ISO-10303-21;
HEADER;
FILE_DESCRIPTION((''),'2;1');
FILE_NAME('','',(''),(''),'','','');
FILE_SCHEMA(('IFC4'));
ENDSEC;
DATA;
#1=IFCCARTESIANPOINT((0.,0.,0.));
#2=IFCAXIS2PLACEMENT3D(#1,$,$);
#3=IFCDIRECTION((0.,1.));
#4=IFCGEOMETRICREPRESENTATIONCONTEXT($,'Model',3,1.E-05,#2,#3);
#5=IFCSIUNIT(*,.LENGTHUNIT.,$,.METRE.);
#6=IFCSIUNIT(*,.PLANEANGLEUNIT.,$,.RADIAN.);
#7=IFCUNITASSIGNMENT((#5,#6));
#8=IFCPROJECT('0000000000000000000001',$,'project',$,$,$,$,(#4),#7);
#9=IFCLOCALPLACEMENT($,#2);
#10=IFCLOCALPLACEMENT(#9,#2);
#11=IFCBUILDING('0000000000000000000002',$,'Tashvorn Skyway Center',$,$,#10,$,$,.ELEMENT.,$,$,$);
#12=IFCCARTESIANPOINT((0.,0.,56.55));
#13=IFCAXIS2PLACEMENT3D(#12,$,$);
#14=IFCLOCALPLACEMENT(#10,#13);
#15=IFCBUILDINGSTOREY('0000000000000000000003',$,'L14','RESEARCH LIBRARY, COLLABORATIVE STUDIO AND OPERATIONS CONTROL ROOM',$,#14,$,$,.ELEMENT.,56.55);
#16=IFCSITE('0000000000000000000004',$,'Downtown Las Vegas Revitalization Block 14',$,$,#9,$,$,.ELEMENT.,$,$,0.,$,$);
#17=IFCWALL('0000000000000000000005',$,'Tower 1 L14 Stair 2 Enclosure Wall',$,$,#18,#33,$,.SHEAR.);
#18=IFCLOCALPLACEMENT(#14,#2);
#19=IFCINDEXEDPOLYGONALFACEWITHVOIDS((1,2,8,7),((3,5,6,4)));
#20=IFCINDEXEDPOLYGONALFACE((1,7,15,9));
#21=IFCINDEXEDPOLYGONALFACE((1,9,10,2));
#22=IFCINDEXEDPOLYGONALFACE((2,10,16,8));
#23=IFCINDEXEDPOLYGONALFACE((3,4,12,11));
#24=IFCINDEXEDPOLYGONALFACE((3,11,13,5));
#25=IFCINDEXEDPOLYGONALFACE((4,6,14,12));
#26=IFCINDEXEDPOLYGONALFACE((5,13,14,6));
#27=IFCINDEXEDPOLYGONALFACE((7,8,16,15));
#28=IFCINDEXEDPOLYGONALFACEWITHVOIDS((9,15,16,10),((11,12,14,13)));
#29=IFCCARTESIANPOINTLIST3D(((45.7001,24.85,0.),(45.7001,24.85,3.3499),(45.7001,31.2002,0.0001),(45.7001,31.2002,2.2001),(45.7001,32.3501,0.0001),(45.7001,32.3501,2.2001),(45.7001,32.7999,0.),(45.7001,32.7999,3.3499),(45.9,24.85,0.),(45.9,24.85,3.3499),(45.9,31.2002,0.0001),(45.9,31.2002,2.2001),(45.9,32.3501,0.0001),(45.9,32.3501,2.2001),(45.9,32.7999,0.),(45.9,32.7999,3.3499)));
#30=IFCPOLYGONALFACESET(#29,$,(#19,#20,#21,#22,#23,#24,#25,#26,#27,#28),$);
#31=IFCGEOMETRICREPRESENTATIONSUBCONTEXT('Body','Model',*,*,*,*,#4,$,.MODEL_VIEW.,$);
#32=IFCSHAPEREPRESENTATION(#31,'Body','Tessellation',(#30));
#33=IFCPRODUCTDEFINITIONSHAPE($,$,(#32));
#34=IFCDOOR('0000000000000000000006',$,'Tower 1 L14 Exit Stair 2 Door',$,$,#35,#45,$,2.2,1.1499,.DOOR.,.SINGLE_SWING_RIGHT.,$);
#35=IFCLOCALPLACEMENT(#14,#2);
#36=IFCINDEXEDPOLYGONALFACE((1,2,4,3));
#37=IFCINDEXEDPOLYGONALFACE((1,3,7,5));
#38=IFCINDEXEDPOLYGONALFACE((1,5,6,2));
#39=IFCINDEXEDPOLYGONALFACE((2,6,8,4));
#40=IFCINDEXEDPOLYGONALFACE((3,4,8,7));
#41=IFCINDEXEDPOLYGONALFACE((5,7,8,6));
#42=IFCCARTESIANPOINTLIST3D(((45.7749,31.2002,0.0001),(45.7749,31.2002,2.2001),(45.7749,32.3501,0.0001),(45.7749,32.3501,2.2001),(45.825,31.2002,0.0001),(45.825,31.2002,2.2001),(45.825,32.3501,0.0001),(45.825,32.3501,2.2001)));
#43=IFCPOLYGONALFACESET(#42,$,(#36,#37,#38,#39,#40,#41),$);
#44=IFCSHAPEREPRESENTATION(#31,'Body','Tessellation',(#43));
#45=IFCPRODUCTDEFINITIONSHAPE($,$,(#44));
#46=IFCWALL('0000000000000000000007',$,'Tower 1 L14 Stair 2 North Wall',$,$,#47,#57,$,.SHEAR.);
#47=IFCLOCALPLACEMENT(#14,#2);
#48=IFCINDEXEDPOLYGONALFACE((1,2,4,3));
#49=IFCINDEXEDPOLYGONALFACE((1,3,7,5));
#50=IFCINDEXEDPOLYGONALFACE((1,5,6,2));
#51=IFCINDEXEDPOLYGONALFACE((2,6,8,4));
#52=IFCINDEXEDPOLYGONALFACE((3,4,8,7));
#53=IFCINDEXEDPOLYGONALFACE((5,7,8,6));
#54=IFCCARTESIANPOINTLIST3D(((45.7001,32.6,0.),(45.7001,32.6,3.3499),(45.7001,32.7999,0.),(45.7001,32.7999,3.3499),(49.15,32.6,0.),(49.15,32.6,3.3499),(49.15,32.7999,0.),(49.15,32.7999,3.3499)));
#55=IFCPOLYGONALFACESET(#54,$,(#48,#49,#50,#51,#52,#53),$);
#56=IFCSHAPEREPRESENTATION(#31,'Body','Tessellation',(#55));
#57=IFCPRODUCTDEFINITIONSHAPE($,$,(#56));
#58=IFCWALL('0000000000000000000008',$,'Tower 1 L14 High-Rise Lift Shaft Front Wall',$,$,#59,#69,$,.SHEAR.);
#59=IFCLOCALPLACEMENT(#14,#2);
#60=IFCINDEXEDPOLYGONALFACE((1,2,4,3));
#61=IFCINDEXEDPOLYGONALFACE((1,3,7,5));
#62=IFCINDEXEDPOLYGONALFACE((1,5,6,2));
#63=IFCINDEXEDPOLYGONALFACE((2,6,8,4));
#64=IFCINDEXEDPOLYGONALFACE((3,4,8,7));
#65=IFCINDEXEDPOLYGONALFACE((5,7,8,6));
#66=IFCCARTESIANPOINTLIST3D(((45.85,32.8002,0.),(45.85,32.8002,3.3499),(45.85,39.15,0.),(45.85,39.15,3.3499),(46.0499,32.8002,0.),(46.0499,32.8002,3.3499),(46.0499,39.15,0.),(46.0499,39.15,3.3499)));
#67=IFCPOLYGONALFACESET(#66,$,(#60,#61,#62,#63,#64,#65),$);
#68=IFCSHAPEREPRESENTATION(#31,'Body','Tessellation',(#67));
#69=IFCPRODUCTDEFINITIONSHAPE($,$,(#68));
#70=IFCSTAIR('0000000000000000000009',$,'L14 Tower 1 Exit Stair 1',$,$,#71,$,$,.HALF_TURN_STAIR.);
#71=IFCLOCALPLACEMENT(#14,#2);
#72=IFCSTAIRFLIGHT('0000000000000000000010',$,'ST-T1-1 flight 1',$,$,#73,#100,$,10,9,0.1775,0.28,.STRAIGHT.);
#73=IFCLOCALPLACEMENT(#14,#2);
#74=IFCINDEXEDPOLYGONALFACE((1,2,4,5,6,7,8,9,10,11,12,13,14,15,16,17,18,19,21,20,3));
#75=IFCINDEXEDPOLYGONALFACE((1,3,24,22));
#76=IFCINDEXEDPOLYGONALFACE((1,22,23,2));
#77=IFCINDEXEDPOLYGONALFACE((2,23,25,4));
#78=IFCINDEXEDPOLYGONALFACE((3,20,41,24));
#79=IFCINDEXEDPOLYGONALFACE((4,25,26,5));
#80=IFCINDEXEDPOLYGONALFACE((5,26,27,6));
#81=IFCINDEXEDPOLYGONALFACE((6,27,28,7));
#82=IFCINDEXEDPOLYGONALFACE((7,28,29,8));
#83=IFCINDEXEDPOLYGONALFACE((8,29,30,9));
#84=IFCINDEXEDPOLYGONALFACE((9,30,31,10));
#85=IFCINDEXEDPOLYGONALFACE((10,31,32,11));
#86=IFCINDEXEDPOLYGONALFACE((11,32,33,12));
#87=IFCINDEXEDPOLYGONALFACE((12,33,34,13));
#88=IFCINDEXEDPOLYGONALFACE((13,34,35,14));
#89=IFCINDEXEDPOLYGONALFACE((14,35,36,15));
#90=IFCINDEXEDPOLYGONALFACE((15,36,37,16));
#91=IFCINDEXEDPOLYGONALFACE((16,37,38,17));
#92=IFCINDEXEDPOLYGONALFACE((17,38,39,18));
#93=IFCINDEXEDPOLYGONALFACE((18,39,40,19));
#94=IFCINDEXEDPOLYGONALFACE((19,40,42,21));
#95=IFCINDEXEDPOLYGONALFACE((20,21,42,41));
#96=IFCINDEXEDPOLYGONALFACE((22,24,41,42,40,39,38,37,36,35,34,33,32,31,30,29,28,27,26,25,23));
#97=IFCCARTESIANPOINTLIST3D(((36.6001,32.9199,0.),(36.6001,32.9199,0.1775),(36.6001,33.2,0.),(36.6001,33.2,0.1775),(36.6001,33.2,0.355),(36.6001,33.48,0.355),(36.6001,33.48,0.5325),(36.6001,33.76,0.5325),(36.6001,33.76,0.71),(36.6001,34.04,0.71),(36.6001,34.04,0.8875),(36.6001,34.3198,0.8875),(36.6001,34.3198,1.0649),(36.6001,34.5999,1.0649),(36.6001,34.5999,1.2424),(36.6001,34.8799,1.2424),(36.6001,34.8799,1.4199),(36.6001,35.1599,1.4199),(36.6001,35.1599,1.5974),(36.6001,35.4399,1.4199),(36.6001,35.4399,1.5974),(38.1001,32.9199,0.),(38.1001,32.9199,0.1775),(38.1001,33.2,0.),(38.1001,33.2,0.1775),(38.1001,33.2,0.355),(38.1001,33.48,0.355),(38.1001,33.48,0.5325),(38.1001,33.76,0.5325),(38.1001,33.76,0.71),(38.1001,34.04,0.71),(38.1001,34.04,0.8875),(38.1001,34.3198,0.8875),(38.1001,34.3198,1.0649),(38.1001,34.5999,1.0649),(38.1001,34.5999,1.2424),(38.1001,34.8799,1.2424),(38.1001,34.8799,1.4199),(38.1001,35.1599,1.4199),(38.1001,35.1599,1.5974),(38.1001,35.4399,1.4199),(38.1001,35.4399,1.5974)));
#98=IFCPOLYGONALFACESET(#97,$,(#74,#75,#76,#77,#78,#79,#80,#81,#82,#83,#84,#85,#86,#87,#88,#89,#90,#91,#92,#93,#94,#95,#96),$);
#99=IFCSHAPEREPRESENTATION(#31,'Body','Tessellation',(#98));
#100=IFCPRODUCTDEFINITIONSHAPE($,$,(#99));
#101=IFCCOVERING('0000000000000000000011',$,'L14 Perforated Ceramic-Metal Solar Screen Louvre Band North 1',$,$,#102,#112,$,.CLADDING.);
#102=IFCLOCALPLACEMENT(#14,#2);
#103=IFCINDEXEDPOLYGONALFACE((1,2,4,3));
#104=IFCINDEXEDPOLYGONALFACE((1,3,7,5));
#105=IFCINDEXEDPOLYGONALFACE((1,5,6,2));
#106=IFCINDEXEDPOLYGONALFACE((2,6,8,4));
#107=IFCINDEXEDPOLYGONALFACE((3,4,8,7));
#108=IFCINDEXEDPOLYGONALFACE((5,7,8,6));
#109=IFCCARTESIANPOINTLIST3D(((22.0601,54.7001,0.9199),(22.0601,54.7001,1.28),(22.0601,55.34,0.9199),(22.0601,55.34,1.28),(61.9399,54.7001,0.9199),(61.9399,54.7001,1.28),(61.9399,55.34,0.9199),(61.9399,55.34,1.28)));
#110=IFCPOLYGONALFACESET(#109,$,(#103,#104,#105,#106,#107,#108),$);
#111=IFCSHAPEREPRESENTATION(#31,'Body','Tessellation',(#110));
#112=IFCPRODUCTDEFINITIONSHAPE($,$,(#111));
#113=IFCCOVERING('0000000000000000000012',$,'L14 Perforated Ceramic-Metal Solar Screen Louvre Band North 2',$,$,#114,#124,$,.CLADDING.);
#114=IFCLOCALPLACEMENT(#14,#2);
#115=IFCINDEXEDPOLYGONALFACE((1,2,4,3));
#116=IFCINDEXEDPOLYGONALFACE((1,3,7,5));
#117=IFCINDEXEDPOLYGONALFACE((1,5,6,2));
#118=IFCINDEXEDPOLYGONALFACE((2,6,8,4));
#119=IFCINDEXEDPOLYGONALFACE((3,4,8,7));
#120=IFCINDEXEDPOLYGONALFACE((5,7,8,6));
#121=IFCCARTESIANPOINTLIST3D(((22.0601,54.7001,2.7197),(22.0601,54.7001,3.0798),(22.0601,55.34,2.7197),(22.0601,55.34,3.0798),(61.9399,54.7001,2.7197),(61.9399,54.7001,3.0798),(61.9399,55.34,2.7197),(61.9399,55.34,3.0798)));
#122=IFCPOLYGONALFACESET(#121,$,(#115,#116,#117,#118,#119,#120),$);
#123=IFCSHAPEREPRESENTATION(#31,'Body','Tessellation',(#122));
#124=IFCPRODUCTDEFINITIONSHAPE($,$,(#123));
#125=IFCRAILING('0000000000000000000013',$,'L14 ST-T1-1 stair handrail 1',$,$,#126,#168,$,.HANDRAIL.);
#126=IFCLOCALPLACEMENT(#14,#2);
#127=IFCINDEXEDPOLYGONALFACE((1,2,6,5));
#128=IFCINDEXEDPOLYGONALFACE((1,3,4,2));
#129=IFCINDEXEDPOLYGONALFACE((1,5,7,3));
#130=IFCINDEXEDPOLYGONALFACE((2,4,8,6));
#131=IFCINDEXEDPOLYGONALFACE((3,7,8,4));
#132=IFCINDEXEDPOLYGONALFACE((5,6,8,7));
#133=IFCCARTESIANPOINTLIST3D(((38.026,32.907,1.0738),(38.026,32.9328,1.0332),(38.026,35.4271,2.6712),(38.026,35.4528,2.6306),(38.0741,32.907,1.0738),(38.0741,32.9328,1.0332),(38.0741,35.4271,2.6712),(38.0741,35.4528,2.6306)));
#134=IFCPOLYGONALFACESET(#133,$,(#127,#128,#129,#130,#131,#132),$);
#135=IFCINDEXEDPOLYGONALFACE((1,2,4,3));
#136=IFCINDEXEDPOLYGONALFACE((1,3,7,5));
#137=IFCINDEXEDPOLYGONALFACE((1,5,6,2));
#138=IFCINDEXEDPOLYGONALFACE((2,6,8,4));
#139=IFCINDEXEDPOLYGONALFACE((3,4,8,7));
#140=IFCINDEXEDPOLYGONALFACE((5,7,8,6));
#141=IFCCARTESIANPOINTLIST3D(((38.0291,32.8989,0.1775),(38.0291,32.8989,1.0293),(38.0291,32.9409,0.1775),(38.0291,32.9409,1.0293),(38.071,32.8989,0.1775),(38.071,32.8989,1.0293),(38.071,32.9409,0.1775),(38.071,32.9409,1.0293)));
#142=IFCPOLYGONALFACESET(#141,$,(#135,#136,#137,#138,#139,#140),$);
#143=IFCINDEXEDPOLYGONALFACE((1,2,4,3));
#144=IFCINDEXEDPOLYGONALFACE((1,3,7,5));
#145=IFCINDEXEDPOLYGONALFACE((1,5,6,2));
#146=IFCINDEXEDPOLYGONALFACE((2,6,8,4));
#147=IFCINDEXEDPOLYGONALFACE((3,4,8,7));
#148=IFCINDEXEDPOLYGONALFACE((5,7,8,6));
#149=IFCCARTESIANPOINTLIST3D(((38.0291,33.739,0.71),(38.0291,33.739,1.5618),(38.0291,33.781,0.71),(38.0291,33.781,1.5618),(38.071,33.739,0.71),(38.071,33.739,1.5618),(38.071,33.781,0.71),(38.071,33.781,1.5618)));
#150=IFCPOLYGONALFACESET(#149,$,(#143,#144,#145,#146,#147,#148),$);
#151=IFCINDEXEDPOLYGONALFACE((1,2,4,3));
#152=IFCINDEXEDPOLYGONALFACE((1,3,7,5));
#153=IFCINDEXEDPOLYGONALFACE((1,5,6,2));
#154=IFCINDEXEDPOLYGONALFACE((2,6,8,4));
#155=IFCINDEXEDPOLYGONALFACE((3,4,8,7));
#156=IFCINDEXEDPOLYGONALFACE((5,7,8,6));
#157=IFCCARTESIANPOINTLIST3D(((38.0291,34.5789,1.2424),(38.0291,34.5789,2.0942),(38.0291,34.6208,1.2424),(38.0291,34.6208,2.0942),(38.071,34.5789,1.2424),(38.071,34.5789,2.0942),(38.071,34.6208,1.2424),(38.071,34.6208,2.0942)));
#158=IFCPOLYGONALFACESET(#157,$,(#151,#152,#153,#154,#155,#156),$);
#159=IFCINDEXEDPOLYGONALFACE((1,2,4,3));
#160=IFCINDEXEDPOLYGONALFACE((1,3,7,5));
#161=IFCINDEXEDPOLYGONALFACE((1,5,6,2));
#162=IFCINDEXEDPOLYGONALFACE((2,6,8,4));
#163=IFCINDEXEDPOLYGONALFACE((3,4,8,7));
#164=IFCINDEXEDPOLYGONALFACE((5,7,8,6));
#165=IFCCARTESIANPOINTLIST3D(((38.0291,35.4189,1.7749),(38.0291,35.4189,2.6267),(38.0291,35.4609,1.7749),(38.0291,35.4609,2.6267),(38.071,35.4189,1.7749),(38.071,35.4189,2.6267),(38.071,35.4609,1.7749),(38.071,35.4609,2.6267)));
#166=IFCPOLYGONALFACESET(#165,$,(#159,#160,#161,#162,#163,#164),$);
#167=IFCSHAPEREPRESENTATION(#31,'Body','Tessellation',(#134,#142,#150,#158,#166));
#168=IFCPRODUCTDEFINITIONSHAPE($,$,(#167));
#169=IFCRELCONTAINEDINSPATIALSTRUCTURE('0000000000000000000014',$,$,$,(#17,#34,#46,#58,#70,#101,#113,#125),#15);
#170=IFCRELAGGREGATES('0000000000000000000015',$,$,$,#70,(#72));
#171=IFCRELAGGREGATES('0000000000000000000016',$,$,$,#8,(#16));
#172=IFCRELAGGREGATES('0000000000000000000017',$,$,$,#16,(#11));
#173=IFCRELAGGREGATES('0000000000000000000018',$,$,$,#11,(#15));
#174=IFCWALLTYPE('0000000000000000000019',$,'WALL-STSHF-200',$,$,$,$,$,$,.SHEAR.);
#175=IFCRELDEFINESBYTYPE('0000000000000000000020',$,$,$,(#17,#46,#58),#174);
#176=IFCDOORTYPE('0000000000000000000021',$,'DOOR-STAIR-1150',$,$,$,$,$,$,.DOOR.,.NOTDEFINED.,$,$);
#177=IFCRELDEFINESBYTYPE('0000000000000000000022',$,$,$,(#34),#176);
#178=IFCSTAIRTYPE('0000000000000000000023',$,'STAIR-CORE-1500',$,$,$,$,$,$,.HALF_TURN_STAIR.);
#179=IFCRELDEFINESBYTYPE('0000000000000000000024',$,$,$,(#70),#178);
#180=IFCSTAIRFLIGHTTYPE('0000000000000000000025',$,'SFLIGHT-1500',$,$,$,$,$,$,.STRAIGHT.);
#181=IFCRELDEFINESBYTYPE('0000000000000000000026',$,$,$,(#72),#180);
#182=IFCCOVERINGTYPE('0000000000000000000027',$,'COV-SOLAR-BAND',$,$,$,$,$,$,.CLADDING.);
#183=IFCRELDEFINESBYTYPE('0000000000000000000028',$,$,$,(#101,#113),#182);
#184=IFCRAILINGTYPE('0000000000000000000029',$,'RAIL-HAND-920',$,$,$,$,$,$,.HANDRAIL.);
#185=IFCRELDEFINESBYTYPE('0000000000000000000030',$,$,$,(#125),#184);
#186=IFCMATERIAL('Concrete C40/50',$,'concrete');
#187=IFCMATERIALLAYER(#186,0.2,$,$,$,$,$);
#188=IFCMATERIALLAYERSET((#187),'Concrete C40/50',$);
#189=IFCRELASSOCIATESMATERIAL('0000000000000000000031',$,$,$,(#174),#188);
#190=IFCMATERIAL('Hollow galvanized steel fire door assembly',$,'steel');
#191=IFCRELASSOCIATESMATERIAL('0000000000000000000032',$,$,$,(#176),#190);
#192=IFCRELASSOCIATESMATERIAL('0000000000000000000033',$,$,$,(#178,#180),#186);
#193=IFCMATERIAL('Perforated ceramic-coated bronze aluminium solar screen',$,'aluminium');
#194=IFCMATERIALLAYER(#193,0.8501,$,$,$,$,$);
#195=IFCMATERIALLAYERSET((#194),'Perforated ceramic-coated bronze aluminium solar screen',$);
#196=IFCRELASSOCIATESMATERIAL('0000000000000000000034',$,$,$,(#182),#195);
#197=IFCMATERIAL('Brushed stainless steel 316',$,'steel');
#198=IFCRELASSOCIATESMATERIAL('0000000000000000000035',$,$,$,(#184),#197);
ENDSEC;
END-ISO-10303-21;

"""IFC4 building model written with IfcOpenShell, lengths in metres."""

from ifc_helpers import new_model, si_unit, direction, frame, frame_2d, origin, origin_2d, place, context, subcontext, project, spatial, polyline, rectangle, outline, extrude, material, layer, layer_set, type_object, element, fill, aggregate, save


model = new_model("IFC4")

# Units and contexts
model_context = context("Model", 3, precision=1e-05, world=origin(), true_north=direction((0.0, 1.0)))
body_context = subcontext(model_context, "Body", "Model", "MODEL_VIEW")
ifc_project = project(units=[si_unit("LENGTHUNIT", "METRE"), si_unit("PLANEANGLEUNIT", "RADIAN")], contexts=[model_context])

# Site, building, storey
site_placement = place(None, origin())
site = spatial("IfcSite", under=ifc_project, at=site_placement, Name="Downtown Las Vegas Revitalization Block 14", CompositionType="ELEMENT", RefElevation=0.0)
building_placement = place(site_placement, origin())
building = spatial("IfcBuilding", under=site, at=building_placement, Name="Tashvorn Skyway Center", CompositionType="ELEMENT")
storey_placement = place(building_placement, frame((0.0, 0.0, 56.55)))
storey = spatial("IfcBuildingStorey", under=building, at=storey_placement, Name="L14", Description="RESEARCH LIBRARY, COLLABORATIVE STUDIO AND OPERATIONS CONTROL ROOM", CompositionType="ELEMENT", Elevation=56.55)

# Shared definitions
ifc_material_1 = material(Name="Concrete C40/50", Category="concrete")
ifc_material_2 = material(Name="Hollow galvanized steel fire door assembly", Category="steel")

# Wall, opening, door
ifc_layer_1 = layer(ifc_material_1, 0.2)
ifc_layer_set_1 = layer_set([ifc_layer_1], Name="Concrete C40/50")
wall_type_1 = type_object("IfcWallType", Name="WALL-STSHF-200", PredefinedType="SHEAR", material=ifc_layer_set_1)
wall_1_placement = place(storey_placement, frame((45.8, 32.8, 0.0), z_axis=(0.0, 0.0, 1.0), x_axis=(0.0, -1.0, 0.0)))
wall_1 = element("IfcWall", 1, at=wall_1_placement, inside=storey, type_object=wall_type_1, Name="Tower 1 L14 Stair 2 Enclosure Wall", PredefinedType="SHEAR", context=body_context, shape_type="SweptSolid", body=[
    extrude(rectangle(XDim=7.95, YDim=0.2, at=frame_2d((3.9751, 0.0))), origin(), (0.0, 0.0, 1.0), 3.3499),
])
opening_1_placement = place(wall_1_placement, frame((0.45, 0.0, 0.0)))
opening_1 = element("IfcOpeningElement", 2, at=opening_1_placement, cuts=wall_1, PredefinedType="OPENING", context=body_context, shape_type="SweptSolid", body=[
    extrude(rectangle(XDim=1.1499, YDim=2.2, at=frame_2d((0.575, 1.1001))), frame((0.0, 0.1099, 0.0), z_axis=(0.0, -1.0, 0.0), x_axis=(1.0, 0.0, 0.0)), (0.0, 0.0, 1.0), 0.22),
])
door_type_1 = type_object("IfcDoorType", Name="DOOR-STAIR-1150", OperationType="NOTDEFINED", PredefinedType="DOOR", material=ifc_material_2)
door_1_placement = place(opening_1_placement, origin())
door_1 = element("IfcDoor", 3, at=door_1_placement, inside=storey, type_object=door_type_1, Name="Tower 1 L14 Exit Stair 2 Door", OperationType="SINGLE_SWING_RIGHT", OverallHeight=2.2, OverallWidth=1.1499, PredefinedType="DOOR", context=body_context, shape_type="SweptSolid", body=[
    extrude(rectangle(XDim=1.1499, YDim=2.2, at=frame_2d((0.575, 1.1001))), frame((0.0, 0.0249, 0.0), z_axis=(0.0, -1.0, 0.0), x_axis=(1.0, 0.0, 0.0)), (0.0, 0.0, 1.0), 0.05),
])
fill(opening_1, door_1)

# Walls
wall_2_placement = place(storey_placement, frame((45.7, 32.7, 0.0), z_axis=(0.0, 0.0, 1.0), x_axis=(1.0, 0.0, 0.0)))
element("IfcWall", 4, at=wall_2_placement, inside=storey, type_object=wall_type_1, Name="Tower 1 L14 Stair 2 North Wall", PredefinedType="SHEAR", context=body_context, shape_type="SweptSolid", body=[
    extrude(rectangle(XDim=3.45, YDim=0.2, at=frame_2d((1.7251, 0.0))), origin(), (0.0, 0.0, 1.0), 3.3499),
])
wall_3_placement = place(storey_placement, frame((45.95, 39.1499, 0.0), z_axis=(0.0, 0.0, 1.0), x_axis=(0.0, -1.0, 0.0)))
element("IfcWall", 5, at=wall_3_placement, inside=storey, type_object=wall_type_1, Name="Tower 1 L14 High-Rise Lift Shaft Front Wall", PredefinedType="SHEAR", context=body_context, shape_type="SweptSolid", body=[
    extrude(rectangle(XDim=6.3499, YDim=0.2, at=frame_2d((3.1748, 0.0))), origin(), (0.0, 0.0, 1.0), 3.3499),
])

# Stair, stair flight
stair_type = type_object("IfcStairType", Name="STAIR-CORE-1500", PredefinedType="HALF_TURN_STAIR", material=ifc_material_1)
stair_placement = place(storey_placement, origin())
stair = element("IfcStair", 6, at=stair_placement, inside=storey, type_object=stair_type, Name="L14 Tower 1 Exit Stair 1", PredefinedType="HALF_TURN_STAIR")
stair_flight_type = type_object("IfcStairFlightType", Name="SFLIGHT-1500", PredefinedType="STRAIGHT", material=ifc_material_1)
stair_flight_placement = place(storey_placement, frame((37.3501, 32.9199, 0.0), z_axis=(0.0, 0.0, 1.0), x_axis=(0.0, 1.0, 0.0)))
stair_flight = element("IfcStairFlight", 7, at=stair_flight_placement, type_object=stair_flight_type, Name="ST-T1-1 flight 1", NumberOfRisers=10, NumberOfTreads=9, PredefinedType="STRAIGHT", RiserHeight=0.1775, TreadLength=0.28, context=body_context, shape_type="SweptSolid", body=[
    extrude(outline(polyline([(0.0, 0.0), (0.0, 0.1775), (0.28, 0.1775), (0.28, 0.355), (0.5601, 0.355), (0.5601, 0.5325), (0.8401, 0.5325), (0.8401, 0.71), (1.1201, 0.71), (1.1201, 0.8875), (1.3999, 0.8875), (1.3999, 1.0649), (1.6799, 1.0649), (1.6799, 1.2424), (1.96, 1.2424), (1.96, 1.4199), (2.24, 1.4199), (2.24, 1.5974), (2.52, 1.5974), (2.52, 1.7749), (2.52, 1.4199), (0.28, 0.0), (0.0, 0.0)])), frame((0.0, 0.75, 0.0), z_axis=(0.0, -1.0, 0.0), x_axis=(1.0, 0.0, 0.0)), (0.0, 0.0, 1.0), 1.5),
])
aggregate(stair, [stair_flight])

# Coverings
ifc_material_3 = material(Name="Perforated ceramic-coated bronze aluminium solar screen", Category="aluminium")
ifc_layer_2 = layer(ifc_material_3, 0.8501)
ifc_layer_set_2 = layer_set([ifc_layer_2], Name="Perforated ceramic-coated bronze aluminium solar screen")
covering_type = type_object("IfcCoveringType", Name="COV-SOLAR-BAND", PredefinedType="CLADDING", material=ifc_layer_set_2)
for number, where, z_axis, x_axis, name in (
    (8, (42.0, 55.02, 0.9199), (0.0, 0.0, 1.0), (1.0, 0.0, 0.0), "L14 Perforated Ceramic-Metal Solar Screen Louvre Band North 1"),
    (9, (42.0, 55.02, 2.7197), (0.0, 0.0, 1.0), (1.0, 0.0, 0.0), "L14 Perforated Ceramic-Metal Solar Screen Louvre Band North 2"),
):
    element("IfcCovering", number, at=place(storey_placement, frame(where, z_axis=z_axis, x_axis=x_axis)), inside=storey, type_object=covering_type, Name=name, PredefinedType="CLADDING", context=body_context, shape_type="SweptSolid", body=[
        extrude(rectangle(XDim=39.8799, YDim=0.6399, at=origin_2d()), origin(), (0.0, 0.0, 1.0), 0.3601),
    ])

# Railing
ifc_material_4 = material(Name="Brushed stainless steel 316", Category="steel")
railing_type_1 = type_object("IfcRailingType", Name="RAIL-HAND-920", PredefinedType="HANDRAIL", material=ifc_material_4)
railing_1_placement = place(storey_placement, frame((38.05, 32.9199, 0.1775)))
element("IfcRailing", 10, at=railing_1_placement, inside=storey, type_object=railing_type_1, Name="L14 ST-T1-1 stair handrail 1", PredefinedType="HANDRAIL", context=body_context, shape_type="SweptSolid", body=[
    extrude(rectangle(XDim=0.0481, YDim=0.0481, at=origin_2d()), frame((0.0, 0.0, 0.876), z_axis=(0.0, 0.844607, 0.535387), x_axis=(-1.0, 0.0, 0.0)), (0.0, 0.0, 1.0), 2.9836),
    extrude(rectangle(XDim=0.042, YDim=0.042, at=origin_2d()), origin(), (0.0, 0.0, 1.0), 0.8518),
    extrude(rectangle(XDim=0.042, YDim=0.042, at=origin_2d()), frame((0.0, 0.8401, 0.5325)), (0.0, 0.0, 1.0), 0.8518),
    extrude(rectangle(XDim=0.042, YDim=0.042, at=origin_2d()), frame((0.0, 1.6799, 1.0649)), (0.0, 0.0, 1.0), 0.8518),
    extrude(rectangle(XDim=0.042, YDim=0.042, at=origin_2d()), frame((0.0, 2.52, 1.5974)), (0.0, 0.0, 1.0), 0.8518),
])

save(model, "model.ifc")
